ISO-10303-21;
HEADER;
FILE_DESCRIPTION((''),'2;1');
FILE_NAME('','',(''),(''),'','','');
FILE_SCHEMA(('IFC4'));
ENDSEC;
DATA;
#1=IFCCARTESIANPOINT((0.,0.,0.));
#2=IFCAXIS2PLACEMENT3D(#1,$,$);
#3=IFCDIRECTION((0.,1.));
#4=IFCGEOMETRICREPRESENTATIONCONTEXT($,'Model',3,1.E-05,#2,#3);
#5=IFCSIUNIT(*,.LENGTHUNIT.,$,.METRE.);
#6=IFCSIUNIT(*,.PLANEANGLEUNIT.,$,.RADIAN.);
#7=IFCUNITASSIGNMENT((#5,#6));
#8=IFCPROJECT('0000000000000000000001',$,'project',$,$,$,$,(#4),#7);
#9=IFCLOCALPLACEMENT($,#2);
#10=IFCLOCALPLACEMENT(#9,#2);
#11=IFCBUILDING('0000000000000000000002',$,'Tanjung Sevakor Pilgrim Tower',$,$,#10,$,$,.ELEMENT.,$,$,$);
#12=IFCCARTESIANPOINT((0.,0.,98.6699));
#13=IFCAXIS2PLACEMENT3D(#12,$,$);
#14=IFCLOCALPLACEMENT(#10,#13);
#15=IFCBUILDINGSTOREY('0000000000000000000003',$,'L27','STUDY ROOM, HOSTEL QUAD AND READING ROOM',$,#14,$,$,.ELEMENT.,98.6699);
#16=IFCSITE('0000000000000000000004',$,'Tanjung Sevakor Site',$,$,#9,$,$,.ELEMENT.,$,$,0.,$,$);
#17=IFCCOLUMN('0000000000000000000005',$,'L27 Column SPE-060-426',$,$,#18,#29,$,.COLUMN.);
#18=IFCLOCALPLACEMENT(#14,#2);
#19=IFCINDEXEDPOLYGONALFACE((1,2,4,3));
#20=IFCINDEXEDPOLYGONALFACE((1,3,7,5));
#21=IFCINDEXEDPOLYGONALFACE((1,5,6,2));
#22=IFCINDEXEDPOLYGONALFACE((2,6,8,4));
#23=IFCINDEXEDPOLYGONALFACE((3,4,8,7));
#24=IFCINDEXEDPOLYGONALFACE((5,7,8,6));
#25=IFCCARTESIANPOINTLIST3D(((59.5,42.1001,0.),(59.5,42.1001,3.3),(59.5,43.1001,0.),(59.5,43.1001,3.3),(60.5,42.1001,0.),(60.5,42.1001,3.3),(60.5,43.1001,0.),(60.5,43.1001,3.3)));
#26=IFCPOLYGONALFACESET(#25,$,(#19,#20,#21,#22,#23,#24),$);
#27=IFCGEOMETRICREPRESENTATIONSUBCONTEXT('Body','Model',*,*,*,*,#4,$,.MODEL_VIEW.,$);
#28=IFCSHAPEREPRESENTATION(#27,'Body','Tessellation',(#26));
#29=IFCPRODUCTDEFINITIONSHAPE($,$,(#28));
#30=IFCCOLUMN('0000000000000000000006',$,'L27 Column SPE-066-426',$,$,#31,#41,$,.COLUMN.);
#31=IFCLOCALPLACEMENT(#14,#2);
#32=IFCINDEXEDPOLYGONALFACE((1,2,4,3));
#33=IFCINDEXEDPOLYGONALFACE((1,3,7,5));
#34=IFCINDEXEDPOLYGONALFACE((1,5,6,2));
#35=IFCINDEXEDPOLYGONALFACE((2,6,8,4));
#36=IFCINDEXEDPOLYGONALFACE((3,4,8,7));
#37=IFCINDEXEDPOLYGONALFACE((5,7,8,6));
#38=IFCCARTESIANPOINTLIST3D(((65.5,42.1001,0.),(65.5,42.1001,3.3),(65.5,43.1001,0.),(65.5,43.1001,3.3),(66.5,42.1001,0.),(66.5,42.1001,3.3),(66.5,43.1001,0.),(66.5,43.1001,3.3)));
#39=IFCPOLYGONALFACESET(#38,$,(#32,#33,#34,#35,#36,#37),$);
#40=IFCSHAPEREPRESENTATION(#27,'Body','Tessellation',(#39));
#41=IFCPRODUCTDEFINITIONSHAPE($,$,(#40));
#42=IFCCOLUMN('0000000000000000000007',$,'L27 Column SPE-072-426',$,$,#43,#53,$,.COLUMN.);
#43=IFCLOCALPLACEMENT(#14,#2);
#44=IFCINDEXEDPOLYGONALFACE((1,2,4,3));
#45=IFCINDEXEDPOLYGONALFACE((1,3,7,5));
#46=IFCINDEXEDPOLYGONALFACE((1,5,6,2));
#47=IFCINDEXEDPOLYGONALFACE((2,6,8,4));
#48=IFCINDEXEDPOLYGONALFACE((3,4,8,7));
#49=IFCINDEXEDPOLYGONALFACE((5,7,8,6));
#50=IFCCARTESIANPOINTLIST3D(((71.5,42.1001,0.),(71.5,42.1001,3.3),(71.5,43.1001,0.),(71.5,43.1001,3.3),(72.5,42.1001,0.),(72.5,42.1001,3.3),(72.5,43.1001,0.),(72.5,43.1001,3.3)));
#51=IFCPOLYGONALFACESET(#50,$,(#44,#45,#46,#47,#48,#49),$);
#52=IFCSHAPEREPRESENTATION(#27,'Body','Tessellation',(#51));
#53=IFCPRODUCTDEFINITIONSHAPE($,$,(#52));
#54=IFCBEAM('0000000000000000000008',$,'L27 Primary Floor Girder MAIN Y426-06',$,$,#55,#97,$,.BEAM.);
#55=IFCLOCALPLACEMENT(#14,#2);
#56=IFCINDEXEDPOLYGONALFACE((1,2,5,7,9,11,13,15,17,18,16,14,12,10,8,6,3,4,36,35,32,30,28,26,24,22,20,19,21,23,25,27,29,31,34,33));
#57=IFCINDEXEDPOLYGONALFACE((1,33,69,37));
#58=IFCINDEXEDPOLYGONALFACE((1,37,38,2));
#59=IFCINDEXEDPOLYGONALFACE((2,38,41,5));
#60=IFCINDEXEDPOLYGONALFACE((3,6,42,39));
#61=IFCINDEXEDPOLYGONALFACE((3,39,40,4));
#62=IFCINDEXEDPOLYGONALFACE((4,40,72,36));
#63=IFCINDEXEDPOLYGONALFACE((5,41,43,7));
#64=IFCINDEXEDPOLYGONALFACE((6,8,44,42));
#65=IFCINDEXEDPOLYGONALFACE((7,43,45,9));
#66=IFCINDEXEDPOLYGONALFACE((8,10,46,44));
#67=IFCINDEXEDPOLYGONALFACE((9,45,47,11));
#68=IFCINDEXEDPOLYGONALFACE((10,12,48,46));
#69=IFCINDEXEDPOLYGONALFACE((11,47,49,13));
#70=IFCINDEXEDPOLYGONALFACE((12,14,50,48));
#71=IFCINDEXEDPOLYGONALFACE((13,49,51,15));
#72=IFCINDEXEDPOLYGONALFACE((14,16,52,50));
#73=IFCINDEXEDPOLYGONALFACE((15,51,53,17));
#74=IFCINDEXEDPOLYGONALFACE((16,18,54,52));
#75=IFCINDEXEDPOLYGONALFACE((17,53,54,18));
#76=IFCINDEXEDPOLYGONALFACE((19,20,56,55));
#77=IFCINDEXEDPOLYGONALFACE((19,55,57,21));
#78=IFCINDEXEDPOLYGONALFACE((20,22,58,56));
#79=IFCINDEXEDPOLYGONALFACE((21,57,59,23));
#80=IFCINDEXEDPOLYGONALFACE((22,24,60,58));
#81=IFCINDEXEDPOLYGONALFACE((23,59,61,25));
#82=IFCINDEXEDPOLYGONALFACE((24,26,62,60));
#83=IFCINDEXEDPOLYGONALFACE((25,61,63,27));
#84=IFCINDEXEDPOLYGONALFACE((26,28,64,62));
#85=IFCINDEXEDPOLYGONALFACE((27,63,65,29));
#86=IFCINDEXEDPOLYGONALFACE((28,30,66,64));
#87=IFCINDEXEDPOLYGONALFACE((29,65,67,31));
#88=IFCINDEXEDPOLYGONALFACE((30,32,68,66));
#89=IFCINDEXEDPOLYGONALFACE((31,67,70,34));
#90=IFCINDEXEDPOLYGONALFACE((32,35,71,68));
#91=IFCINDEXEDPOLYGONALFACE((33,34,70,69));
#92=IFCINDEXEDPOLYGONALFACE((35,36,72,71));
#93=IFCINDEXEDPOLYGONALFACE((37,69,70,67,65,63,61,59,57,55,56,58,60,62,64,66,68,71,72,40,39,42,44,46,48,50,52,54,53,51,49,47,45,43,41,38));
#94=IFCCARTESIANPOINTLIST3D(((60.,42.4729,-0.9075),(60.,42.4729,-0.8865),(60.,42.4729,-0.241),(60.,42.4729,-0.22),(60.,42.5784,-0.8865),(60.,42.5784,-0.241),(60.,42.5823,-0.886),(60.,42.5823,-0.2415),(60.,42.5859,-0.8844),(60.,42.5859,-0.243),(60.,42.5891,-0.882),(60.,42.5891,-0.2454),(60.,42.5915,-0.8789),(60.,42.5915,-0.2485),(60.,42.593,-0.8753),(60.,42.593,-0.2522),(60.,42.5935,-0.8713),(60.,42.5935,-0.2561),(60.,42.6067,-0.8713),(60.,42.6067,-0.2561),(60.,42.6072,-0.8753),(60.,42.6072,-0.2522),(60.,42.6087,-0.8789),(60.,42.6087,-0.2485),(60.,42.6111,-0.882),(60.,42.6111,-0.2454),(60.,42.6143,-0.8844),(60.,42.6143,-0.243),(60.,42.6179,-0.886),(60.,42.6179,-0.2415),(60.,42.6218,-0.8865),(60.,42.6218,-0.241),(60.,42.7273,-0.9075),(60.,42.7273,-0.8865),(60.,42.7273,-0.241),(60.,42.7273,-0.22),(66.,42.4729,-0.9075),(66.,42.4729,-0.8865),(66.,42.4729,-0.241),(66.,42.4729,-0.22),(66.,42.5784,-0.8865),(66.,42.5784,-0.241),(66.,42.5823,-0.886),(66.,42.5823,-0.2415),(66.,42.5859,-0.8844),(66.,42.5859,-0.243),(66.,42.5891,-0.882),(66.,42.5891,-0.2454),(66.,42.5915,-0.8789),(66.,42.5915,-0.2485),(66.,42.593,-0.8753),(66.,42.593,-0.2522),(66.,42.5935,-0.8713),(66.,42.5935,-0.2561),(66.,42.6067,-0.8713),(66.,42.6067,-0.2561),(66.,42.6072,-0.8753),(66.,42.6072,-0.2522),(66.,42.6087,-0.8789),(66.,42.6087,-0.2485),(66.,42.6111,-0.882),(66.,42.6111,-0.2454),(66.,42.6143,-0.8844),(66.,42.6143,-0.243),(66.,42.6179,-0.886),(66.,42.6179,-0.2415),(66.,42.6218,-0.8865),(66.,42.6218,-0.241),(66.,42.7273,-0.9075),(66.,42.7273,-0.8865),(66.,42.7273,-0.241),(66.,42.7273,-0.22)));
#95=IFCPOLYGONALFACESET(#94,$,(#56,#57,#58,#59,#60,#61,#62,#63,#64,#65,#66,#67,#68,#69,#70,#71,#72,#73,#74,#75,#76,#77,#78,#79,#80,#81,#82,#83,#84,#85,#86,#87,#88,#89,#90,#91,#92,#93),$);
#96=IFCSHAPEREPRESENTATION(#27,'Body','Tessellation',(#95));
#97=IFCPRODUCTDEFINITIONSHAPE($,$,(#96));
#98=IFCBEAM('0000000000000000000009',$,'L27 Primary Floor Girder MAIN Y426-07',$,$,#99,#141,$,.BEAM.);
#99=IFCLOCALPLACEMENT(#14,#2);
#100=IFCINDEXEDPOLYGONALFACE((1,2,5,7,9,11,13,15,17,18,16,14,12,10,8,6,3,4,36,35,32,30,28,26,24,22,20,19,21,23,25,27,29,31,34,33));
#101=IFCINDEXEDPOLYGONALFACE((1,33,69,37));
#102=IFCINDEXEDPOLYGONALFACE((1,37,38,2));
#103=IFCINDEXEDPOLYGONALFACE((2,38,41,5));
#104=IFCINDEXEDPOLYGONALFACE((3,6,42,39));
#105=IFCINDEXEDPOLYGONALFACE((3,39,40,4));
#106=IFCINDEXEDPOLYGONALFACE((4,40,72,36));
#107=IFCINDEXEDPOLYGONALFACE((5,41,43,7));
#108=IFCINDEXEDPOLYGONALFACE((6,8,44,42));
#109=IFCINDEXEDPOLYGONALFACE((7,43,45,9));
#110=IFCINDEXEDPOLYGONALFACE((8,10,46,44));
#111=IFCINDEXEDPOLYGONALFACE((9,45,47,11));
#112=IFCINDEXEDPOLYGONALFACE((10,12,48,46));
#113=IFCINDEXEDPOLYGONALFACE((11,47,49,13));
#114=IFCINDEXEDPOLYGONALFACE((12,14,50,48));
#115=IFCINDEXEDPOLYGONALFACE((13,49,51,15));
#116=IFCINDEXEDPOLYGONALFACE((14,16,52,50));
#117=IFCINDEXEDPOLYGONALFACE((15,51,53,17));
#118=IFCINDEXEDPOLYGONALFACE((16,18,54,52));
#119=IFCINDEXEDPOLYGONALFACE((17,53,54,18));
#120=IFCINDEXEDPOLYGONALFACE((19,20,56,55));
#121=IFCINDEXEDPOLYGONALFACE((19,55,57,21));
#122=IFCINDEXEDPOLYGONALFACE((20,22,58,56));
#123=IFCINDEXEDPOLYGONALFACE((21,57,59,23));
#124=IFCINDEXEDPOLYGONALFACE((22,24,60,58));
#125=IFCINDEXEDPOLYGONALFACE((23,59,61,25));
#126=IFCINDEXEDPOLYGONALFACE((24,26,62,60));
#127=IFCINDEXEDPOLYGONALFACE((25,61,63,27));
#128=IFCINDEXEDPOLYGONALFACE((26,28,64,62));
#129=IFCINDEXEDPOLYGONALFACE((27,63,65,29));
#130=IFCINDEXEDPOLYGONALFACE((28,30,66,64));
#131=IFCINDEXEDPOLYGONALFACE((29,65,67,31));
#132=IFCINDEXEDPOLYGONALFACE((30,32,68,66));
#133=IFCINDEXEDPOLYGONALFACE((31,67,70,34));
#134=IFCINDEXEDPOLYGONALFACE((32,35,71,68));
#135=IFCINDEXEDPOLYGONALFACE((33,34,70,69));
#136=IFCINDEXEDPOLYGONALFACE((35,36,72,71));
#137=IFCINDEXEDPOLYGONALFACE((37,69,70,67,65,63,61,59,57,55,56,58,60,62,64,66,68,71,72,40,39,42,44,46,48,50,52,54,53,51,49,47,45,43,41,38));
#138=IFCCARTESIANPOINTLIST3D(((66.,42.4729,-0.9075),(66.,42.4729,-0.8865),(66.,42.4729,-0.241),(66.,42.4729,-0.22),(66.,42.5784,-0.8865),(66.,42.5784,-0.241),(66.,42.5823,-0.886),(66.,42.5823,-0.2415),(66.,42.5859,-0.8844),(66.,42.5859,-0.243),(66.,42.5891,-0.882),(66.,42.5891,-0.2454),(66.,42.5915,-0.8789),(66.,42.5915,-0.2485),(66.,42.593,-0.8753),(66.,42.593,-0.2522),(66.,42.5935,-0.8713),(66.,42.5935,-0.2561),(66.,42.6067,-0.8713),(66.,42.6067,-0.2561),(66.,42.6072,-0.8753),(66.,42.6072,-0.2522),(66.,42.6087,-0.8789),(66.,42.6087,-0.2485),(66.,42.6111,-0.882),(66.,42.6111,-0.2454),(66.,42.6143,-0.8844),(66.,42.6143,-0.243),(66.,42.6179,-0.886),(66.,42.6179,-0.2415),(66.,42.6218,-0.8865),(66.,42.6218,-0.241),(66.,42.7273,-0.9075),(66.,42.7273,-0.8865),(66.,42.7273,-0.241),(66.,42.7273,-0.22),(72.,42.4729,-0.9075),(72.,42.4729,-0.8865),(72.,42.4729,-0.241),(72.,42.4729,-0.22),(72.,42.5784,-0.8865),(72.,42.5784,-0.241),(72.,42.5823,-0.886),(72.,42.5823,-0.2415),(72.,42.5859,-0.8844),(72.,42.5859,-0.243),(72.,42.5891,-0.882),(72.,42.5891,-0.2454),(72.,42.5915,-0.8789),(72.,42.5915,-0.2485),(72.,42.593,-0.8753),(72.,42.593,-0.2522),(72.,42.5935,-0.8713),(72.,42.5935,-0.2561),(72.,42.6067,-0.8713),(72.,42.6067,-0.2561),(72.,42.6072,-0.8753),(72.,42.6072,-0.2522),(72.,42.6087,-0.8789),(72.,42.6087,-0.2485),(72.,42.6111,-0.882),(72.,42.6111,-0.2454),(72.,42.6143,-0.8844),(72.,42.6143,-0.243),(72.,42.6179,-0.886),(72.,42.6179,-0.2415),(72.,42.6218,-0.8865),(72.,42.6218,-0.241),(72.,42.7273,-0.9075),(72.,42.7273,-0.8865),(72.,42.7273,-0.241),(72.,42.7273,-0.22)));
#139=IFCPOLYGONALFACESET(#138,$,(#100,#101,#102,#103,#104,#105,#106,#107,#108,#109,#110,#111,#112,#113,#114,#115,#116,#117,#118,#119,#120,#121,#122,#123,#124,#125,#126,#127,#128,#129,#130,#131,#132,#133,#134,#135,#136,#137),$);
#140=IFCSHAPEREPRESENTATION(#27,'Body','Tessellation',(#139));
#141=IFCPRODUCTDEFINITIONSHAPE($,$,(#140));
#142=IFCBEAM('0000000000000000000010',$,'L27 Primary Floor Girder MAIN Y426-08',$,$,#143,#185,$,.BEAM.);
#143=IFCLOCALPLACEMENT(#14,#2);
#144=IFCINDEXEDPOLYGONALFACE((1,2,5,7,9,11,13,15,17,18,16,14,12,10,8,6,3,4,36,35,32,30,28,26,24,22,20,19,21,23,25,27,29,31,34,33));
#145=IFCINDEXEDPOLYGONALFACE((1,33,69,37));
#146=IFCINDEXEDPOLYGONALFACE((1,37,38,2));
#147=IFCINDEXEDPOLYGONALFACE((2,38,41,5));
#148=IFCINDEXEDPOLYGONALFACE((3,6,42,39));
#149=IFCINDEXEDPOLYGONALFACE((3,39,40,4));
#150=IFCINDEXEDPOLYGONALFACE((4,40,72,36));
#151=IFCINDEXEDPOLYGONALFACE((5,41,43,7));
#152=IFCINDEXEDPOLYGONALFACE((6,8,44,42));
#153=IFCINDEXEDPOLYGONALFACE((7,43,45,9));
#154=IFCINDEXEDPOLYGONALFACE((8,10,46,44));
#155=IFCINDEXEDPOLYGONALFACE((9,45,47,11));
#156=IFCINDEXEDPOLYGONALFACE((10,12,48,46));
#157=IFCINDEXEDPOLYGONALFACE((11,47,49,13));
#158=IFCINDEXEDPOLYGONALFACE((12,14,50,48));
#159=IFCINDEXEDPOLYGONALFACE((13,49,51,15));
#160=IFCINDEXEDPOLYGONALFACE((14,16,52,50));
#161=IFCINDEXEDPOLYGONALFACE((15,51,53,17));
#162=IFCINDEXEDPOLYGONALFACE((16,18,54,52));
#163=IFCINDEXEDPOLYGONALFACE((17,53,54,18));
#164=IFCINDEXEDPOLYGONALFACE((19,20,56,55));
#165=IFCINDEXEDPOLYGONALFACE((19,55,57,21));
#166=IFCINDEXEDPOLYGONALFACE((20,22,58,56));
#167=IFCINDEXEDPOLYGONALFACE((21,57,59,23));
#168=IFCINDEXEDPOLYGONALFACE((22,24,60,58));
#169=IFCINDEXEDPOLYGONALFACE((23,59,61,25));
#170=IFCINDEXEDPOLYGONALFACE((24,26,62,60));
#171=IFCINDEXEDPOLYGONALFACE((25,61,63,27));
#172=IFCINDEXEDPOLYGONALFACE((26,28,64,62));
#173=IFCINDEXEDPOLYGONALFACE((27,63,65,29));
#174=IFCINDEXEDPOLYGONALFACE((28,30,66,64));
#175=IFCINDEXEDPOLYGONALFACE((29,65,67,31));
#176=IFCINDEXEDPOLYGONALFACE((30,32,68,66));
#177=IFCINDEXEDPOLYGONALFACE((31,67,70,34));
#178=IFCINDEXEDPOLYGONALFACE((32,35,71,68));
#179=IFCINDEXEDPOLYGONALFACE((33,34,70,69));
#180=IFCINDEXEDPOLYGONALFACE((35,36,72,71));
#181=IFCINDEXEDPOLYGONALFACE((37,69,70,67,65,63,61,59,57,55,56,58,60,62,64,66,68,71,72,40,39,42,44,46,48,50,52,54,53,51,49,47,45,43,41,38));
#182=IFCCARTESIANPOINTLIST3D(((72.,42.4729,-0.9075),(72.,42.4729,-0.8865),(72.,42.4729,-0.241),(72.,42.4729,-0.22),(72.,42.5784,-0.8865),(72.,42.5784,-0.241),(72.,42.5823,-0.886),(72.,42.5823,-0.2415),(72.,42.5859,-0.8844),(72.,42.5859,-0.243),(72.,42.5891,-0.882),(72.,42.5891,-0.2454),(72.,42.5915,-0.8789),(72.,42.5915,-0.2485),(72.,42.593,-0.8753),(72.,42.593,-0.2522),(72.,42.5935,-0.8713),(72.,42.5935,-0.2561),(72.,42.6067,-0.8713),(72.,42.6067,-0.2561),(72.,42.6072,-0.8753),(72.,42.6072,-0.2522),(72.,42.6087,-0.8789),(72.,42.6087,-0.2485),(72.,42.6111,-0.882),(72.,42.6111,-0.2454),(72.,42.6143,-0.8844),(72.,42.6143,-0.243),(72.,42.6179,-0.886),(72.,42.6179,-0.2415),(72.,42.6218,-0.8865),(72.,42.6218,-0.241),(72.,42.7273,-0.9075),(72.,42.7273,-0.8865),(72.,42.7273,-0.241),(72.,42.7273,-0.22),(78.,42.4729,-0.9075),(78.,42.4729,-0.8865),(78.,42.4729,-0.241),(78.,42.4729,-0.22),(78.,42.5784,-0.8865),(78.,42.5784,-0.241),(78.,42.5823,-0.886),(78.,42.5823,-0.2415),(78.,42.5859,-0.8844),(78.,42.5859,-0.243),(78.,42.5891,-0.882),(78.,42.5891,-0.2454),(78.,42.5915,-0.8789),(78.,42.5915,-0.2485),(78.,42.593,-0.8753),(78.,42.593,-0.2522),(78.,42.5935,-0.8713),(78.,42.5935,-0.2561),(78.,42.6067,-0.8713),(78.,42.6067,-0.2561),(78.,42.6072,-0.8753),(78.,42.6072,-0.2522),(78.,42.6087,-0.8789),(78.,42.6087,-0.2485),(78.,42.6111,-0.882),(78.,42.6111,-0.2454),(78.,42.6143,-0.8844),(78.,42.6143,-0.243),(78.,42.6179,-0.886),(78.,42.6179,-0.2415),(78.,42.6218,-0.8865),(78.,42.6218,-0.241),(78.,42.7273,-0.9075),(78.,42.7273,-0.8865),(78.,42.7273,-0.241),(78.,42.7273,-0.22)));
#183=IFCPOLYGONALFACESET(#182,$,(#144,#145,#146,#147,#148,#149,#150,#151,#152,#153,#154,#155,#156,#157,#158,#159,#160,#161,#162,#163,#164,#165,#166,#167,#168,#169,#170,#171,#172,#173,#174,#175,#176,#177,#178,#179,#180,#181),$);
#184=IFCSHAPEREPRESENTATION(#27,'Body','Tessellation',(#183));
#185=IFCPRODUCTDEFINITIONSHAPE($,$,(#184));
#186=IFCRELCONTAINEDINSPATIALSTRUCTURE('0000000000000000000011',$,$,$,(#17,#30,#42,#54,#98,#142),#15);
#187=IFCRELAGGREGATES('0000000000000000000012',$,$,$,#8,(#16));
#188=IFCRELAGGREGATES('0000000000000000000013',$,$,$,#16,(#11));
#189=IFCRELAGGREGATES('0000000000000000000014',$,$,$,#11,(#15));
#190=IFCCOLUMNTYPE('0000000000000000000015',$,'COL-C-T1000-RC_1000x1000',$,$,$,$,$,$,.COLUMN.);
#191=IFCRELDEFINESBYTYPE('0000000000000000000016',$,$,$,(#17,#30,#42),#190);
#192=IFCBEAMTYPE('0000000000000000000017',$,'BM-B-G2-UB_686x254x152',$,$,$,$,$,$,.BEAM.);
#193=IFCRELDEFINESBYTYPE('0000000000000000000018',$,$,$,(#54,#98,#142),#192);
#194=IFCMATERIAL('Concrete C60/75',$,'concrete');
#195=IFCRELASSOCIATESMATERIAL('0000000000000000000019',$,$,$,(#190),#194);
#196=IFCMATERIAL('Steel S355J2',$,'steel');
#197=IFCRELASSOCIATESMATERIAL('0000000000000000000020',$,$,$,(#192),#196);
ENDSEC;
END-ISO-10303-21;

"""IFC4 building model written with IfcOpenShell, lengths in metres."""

from ifc_helpers import new_model, si_unit, direction, frame, origin, origin_2d, place, context, subcontext, project, spatial, rectangle, i_section, extrude, material, material_profile, profile_set, type_object, element, save


model = new_model("IFC4")

# Units and contexts
model_context = context("Model", 3, precision=1e-05, world=origin(), true_north=direction((0.0, 1.0)))
body_context = subcontext(model_context, "Body", "Model", "MODEL_VIEW")
ifc_project = project(units=[si_unit("LENGTHUNIT", "METRE"), si_unit("PLANEANGLEUNIT", "RADIAN")], contexts=[model_context])

# Site, building, storey
site_placement = place(None, origin())
site = spatial("IfcSite", under=ifc_project, at=site_placement, Name="Tanjung Sevakor Site", CompositionType="ELEMENT", RefElevation=0.0)
building_placement = place(site_placement, origin())
building = spatial("IfcBuilding", under=site, at=building_placement, Name="Tanjung Sevakor Pilgrim Tower", CompositionType="ELEMENT")
storey_placement = place(building_placement, frame((0.0, 0.0, 98.6699)))
storey = spatial("IfcBuildingStorey", under=building, at=storey_placement, Name="L27", Description="STUDY ROOM, HOSTEL QUAD AND READING ROOM", CompositionType="ELEMENT", Elevation=98.6699)

# Columns
ifc_material_1 = material(Name="Concrete C60/75", Category="concrete")
ifc_material_profile_1 = material_profile(ifc_material_1, rectangle(XDim=1.0, YDim=1.0, at=origin_2d()))
ifc_profile_set_1 = profile_set([ifc_material_profile_1], Name="Concrete C60/75")
column_type = type_object("IfcColumnType", Name="COL-C-T1000-RC_1000x1000", PredefinedType="COLUMN", material=ifc_profile_set_1)
for number, where, z_axis, x_axis, name in (
    (1, (60.0, 42.6001, 0.0), (0.0, 0.0, 1.0), (1.0, 0.0, 0.0), "L27 Column SPE-060-426"),
    (2, (66.0, 42.6001, 0.0), (0.0, 0.0, 1.0), (1.0, 0.0, 0.0), "L27 Column SPE-066-426"),
    (3, (72.0, 42.6001, 0.0), (0.0, 0.0, 1.0), (1.0, 0.0, 0.0), "L27 Column SPE-072-426"),
):
    element("IfcColumn", number, at=place(storey_placement, frame(where, z_axis=z_axis, x_axis=x_axis)), inside=storey, type_object=column_type, Name=name, PredefinedType="COLUMN", context=body_context, shape_type="SweptSolid", body=[
        extrude(rectangle(XDim=1.0, YDim=1.0, at=origin_2d()), origin(), (0.0, 0.0, 1.0), 3.3),
    ])

# Beams
ifc_material_2 = material(Name="Steel S355J2", Category="steel")
ifc_material_profile_2 = material_profile(ifc_material_2, i_section(OverallWidth=0.2544, OverallDepth=0.6875, WebThickness=0.0132, FlangeThickness=0.021, FilletRadius=0.0151, at=origin_2d()))
ifc_profile_set_2 = profile_set([ifc_material_profile_2], Name="Steel S355J2")
beam_type_1 = type_object("IfcBeamType", Name="BM-B-G2-UB_686x254x152", PredefinedType="BEAM", material=ifc_profile_set_2)
for number, where, z_axis, x_axis, name in (
    (4, (60.0, 42.6001, -0.5637), (1.0, 0.0, 0.0), (0.0, 1.0, 0.0), "L27 Primary Floor Girder MAIN Y426-06"),
    (5, (66.0, 42.6001, -0.5637), (1.0, 0.0, 0.0), (0.0, 1.0, 0.0), "L27 Primary Floor Girder MAIN Y426-07"),
    (6, (72.0, 42.6001, -0.5637), (1.0, 0.0, 0.0), (0.0, 1.0, 0.0), "L27 Primary Floor Girder MAIN Y426-08"),
):
    element("IfcBeam", number, at=place(storey_placement, frame(where, z_axis=z_axis, x_axis=x_axis)), inside=storey, type_object=beam_type_1, Name=name, PredefinedType="BEAM", context=body_context, shape_type="SweptSolid", body=[
        extrude(i_section(OverallWidth=0.2544, OverallDepth=0.6875, WebThickness=0.0132, FlangeThickness=0.021, FilletRadius=0.0151, at=origin_2d()), origin(), (0.0, 0.0, 1.0), 6.0),
    ])

save(model, "model.ifc")
